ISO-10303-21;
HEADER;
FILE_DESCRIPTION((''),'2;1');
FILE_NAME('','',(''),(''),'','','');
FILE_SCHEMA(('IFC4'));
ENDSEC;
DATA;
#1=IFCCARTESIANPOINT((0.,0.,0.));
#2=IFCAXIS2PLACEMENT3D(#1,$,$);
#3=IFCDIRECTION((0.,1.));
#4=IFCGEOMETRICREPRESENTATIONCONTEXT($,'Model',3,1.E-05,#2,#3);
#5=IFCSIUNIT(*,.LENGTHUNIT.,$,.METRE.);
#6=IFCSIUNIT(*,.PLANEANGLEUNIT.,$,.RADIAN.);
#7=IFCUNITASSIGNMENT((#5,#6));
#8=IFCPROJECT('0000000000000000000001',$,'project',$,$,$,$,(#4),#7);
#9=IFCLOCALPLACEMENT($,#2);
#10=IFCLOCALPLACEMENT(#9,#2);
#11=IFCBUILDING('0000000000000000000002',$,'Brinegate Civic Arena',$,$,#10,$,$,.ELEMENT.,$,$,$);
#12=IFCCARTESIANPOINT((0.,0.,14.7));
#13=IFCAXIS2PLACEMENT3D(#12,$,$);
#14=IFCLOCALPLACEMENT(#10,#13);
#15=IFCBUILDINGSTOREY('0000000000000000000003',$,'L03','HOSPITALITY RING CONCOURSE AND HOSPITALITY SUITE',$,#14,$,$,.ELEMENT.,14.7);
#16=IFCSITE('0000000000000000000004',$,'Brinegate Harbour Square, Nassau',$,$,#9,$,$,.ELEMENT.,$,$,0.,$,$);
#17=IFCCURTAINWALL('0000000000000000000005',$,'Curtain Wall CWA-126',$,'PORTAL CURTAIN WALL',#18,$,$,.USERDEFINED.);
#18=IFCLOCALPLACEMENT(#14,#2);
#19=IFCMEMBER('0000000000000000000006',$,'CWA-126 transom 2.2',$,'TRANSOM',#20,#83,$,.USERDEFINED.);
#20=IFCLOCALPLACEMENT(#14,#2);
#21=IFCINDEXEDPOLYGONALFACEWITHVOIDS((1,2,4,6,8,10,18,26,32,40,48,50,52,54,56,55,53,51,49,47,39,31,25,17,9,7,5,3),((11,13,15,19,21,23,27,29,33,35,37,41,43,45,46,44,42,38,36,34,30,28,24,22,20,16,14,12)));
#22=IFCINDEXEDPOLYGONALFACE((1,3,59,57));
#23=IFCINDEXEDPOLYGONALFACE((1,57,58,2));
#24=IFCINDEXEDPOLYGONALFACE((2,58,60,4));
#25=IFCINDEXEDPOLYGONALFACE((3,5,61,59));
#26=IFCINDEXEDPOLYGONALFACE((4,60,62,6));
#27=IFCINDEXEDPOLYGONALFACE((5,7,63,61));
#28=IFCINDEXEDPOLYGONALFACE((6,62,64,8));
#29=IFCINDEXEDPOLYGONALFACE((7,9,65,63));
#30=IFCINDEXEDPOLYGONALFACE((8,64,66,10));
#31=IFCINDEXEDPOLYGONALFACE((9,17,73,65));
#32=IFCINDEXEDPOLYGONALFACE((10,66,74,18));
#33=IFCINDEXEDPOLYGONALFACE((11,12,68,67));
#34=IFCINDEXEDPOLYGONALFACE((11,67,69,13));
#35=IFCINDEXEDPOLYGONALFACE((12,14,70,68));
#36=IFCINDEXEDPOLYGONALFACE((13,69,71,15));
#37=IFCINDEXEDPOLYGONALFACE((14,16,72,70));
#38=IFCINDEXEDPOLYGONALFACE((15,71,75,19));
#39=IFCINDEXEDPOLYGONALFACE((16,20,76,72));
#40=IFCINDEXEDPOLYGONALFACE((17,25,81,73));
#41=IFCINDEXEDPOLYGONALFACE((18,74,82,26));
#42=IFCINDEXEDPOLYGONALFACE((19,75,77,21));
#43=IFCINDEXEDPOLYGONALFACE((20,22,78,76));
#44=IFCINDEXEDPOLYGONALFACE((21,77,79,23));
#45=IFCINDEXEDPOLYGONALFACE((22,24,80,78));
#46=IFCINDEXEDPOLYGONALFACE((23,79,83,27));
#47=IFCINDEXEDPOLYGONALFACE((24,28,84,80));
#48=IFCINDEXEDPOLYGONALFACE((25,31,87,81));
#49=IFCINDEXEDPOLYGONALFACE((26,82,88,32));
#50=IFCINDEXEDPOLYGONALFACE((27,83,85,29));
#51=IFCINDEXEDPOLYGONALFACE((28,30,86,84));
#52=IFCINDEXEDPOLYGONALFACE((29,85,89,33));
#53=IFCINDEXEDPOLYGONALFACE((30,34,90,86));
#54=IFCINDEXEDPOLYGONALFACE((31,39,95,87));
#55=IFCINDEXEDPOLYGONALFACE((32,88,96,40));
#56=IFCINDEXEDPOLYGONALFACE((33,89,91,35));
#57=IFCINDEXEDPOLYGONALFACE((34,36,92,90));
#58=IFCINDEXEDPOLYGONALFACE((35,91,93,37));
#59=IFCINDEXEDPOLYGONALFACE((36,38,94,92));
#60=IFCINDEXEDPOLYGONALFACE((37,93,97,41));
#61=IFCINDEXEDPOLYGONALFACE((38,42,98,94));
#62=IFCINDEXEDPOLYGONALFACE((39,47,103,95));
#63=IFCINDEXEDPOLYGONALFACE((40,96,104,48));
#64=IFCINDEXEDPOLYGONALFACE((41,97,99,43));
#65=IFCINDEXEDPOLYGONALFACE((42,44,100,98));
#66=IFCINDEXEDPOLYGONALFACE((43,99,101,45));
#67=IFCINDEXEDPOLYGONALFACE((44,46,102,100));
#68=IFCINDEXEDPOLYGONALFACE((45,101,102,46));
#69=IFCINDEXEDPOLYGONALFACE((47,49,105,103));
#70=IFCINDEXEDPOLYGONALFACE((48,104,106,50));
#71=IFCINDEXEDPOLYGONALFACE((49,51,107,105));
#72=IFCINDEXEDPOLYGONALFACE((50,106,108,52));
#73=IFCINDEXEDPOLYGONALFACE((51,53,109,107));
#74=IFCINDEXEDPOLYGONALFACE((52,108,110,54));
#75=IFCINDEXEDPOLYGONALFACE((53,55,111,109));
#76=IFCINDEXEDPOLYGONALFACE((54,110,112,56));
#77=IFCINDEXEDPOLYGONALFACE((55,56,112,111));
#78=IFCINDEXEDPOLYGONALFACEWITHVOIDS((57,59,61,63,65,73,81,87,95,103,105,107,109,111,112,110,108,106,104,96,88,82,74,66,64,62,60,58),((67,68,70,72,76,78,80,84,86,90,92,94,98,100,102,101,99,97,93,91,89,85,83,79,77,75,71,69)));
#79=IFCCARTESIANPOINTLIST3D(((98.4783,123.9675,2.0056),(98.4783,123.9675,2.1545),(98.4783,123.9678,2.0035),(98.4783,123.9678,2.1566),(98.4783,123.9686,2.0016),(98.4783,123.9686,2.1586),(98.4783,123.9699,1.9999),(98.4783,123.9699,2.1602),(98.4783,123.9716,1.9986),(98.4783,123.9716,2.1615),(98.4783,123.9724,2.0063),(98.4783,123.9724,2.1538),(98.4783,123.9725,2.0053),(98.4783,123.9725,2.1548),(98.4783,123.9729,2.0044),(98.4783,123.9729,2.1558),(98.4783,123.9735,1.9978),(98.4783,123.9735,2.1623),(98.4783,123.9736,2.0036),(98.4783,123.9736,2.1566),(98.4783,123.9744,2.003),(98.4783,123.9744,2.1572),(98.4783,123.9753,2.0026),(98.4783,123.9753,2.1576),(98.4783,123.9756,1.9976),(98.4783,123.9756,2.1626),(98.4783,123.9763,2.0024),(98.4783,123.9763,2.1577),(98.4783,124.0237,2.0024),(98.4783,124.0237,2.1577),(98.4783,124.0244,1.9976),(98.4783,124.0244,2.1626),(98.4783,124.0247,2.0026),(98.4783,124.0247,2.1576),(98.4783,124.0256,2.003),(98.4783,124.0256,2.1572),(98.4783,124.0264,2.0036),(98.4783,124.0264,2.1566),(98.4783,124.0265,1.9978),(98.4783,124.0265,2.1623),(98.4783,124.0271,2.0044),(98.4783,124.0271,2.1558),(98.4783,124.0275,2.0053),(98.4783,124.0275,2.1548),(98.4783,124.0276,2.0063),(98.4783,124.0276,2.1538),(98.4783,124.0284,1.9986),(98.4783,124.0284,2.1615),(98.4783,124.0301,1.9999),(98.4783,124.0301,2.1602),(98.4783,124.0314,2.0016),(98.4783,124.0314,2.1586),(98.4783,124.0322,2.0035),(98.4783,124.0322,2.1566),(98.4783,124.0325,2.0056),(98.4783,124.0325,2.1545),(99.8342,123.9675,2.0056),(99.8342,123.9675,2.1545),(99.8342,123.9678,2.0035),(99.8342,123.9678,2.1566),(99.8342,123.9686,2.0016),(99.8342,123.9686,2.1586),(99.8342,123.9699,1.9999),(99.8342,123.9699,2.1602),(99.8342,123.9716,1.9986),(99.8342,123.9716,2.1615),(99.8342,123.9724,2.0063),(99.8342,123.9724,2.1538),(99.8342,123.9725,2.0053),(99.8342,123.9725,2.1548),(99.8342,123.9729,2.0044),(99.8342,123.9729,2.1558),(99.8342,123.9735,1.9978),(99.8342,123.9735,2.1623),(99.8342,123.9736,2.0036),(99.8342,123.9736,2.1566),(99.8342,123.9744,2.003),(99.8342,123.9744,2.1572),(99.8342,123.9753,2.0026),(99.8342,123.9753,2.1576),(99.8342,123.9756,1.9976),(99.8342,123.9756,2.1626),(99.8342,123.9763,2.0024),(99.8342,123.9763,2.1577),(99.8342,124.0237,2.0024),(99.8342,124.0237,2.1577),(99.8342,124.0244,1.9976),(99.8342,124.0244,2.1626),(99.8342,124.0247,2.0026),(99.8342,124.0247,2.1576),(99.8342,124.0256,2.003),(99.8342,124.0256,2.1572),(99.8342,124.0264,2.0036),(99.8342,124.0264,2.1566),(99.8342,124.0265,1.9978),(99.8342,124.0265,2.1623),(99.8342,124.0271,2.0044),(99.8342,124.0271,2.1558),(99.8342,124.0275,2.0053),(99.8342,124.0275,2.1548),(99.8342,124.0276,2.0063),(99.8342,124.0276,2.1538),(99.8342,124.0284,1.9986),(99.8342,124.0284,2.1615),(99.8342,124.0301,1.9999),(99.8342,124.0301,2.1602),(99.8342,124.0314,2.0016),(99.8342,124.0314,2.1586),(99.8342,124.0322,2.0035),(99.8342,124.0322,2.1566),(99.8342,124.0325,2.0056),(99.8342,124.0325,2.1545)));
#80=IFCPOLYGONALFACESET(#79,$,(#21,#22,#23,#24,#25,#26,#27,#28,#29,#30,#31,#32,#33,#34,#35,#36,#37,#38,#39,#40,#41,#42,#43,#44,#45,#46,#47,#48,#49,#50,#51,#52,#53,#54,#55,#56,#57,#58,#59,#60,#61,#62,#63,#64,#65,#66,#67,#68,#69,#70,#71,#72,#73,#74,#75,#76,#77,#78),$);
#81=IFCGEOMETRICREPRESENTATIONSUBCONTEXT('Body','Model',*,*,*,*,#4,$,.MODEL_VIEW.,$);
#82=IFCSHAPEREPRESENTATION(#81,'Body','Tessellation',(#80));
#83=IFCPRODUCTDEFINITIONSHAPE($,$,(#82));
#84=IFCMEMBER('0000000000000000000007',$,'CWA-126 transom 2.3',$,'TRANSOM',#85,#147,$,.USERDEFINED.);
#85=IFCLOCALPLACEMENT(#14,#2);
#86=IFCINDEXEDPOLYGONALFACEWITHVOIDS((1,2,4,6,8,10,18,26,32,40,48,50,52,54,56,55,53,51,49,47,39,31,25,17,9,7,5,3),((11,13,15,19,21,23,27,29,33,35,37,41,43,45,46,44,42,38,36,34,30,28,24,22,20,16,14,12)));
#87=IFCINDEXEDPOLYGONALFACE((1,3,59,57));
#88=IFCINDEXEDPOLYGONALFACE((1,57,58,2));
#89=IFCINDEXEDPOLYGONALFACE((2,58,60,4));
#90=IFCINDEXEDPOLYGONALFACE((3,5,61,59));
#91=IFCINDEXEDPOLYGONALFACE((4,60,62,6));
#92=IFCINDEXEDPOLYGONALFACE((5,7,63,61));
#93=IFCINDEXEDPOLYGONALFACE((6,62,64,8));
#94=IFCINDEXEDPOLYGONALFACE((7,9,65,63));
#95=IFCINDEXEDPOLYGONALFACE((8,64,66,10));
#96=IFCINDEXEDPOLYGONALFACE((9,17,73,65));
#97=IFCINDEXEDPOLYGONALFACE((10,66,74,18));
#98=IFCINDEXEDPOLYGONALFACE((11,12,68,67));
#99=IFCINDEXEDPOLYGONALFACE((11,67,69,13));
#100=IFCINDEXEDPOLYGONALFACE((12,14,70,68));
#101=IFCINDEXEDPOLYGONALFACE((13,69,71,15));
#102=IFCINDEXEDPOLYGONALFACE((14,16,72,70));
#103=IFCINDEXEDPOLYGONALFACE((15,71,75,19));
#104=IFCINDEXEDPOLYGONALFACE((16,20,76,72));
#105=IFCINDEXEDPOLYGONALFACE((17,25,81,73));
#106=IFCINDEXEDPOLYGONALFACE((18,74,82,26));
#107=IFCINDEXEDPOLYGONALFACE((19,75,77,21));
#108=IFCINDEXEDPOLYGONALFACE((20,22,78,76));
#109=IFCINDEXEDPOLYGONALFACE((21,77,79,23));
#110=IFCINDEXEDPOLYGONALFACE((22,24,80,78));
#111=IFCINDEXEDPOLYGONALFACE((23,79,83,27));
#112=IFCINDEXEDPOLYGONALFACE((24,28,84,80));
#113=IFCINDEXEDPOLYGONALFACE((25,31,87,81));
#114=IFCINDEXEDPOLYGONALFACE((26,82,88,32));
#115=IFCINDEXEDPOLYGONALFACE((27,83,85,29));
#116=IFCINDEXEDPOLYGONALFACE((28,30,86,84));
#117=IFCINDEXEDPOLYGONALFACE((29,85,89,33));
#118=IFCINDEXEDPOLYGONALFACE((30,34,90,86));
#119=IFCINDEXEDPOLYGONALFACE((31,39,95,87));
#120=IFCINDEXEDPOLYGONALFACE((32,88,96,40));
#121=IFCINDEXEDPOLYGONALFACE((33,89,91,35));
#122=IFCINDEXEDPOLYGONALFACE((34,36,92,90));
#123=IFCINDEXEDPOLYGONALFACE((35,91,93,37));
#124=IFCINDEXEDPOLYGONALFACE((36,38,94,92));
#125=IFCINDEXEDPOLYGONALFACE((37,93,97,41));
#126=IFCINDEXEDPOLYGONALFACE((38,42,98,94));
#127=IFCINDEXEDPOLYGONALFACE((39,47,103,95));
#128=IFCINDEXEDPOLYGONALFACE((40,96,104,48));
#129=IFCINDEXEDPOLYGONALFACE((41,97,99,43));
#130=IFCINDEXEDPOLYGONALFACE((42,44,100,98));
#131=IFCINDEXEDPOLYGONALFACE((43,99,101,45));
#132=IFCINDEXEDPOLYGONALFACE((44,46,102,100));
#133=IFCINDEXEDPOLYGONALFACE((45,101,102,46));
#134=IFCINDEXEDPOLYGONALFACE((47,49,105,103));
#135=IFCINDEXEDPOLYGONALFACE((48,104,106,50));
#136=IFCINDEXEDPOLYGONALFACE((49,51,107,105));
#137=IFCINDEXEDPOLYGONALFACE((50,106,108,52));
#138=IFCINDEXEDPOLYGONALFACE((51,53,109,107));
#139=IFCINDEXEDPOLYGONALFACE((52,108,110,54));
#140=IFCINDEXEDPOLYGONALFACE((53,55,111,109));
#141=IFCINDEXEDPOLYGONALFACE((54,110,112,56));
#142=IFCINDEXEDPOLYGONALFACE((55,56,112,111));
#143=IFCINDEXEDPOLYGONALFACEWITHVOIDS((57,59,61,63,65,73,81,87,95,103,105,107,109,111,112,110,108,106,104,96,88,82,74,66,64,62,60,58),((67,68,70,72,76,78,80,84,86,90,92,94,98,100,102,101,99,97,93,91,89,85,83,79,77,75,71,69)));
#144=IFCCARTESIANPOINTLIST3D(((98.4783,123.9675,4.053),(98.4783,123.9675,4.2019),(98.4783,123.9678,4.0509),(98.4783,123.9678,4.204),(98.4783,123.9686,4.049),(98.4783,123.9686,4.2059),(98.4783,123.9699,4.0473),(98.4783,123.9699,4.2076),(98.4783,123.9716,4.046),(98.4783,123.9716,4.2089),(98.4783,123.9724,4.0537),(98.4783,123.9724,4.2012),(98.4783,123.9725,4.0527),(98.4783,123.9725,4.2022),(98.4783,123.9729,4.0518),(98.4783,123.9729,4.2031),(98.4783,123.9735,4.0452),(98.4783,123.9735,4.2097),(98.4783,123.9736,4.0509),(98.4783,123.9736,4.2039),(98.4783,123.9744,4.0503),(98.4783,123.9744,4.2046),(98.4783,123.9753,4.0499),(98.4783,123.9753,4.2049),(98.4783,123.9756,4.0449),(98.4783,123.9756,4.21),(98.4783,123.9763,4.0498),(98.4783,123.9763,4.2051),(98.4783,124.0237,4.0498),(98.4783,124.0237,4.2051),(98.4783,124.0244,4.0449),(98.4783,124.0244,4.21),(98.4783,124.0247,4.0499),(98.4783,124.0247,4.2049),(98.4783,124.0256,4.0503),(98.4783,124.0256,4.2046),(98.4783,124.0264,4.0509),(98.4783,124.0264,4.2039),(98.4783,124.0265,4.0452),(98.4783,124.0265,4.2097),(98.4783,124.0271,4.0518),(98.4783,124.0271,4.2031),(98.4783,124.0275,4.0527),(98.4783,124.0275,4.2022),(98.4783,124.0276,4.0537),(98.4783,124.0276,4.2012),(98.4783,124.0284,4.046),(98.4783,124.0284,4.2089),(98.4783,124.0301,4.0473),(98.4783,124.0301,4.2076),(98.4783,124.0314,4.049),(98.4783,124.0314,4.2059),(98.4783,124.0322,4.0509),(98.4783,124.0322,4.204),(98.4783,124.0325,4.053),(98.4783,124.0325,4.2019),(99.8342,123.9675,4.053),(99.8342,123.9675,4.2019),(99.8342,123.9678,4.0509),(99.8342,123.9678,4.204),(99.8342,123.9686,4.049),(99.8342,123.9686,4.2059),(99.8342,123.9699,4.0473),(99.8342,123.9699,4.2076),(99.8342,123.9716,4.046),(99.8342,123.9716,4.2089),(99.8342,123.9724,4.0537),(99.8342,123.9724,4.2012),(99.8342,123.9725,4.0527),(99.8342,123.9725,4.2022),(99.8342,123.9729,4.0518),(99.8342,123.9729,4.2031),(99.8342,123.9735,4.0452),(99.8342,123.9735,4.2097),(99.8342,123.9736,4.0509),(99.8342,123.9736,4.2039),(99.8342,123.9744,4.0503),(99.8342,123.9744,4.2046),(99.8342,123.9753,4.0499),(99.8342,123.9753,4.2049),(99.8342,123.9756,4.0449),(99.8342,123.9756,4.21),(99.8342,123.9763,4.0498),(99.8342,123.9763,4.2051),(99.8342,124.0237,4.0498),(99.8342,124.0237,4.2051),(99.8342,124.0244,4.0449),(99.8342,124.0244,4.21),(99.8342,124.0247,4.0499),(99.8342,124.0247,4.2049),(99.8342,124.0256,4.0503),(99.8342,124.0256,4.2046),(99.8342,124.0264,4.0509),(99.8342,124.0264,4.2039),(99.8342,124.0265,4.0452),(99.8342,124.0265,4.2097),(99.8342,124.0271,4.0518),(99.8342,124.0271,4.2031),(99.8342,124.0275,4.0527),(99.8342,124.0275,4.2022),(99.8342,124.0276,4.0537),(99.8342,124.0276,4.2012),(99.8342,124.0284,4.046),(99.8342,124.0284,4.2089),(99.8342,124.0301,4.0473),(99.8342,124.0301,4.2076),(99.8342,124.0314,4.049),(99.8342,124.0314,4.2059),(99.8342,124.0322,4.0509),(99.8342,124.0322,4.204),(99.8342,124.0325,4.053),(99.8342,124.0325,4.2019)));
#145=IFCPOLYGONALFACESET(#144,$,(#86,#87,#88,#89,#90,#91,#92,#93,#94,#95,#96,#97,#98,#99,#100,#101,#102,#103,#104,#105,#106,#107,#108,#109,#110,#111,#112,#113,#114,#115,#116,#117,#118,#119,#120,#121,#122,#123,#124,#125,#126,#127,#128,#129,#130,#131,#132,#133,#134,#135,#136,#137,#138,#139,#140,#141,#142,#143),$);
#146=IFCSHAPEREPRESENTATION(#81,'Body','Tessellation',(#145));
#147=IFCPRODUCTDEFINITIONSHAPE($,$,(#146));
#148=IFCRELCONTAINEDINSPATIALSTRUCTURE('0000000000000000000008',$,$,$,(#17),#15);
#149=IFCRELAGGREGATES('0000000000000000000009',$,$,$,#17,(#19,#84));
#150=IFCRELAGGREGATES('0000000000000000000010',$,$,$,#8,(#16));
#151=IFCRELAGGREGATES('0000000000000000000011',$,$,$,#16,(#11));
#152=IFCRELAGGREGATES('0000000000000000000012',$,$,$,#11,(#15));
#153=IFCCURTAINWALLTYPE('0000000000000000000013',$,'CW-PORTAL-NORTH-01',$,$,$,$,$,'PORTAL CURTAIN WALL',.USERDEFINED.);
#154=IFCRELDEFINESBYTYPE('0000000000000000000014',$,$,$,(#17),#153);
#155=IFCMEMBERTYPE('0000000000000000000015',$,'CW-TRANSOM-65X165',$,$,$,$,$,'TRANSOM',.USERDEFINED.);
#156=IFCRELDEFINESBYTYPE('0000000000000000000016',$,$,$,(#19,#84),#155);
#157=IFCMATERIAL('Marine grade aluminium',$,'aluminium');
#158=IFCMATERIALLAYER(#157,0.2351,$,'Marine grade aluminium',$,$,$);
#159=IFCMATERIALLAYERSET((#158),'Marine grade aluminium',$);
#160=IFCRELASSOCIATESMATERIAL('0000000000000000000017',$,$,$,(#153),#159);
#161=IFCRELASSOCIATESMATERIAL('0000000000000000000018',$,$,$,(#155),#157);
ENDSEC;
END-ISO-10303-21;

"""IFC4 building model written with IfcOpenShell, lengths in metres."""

from ifc_helpers import new_model, si_unit, direction, frame, origin, origin_2d, place, context, subcontext, project, spatial, hollow_rectangle, extrude, material, layer, layer_set, material_profile, profile_set, type_object, element, aggregate, save


model = new_model("IFC4")

# Units and contexts
model_context = context("Model", 3, precision=1e-05, world=origin(), true_north=direction((0.0, 1.0)))
body_context = subcontext(model_context, "Body", "Model", "MODEL_VIEW")
ifc_project = project(units=[si_unit("LENGTHUNIT", "METRE"), si_unit("PLANEANGLEUNIT", "RADIAN")], contexts=[model_context])

# Site, building, storey
site_placement = place(None, origin())
site = spatial("IfcSite", under=ifc_project, at=site_placement, Name="Brinegate Harbour Square, Nassau", CompositionType="ELEMENT", RefElevation=0.0)
building_placement = place(site_placement, origin())
building = spatial("IfcBuilding", under=site, at=building_placement, Name="Brinegate Civic Arena", CompositionType="ELEMENT")
storey_placement = place(building_placement, frame((0.0, 0.0, 14.7)))
storey = spatial("IfcBuildingStorey", under=building, at=storey_placement, Name="L03", Description="HOSPITALITY RING CONCOURSE AND HOSPITALITY SUITE", CompositionType="ELEMENT", Elevation=14.7)

# Curtain wall, members
ifc_material_1 = material(Name="Marine grade aluminium", Category="aluminium")
ifc_layer_1 = layer(ifc_material_1, 0.2351, Name="Marine grade aluminium")
ifc_layer_set_1 = layer_set([ifc_layer_1], Name="Marine grade aluminium")
curtain_wall_type = type_object("IfcCurtainWallType", Name="CW-PORTAL-NORTH-01", ElementType="PORTAL CURTAIN WALL", PredefinedType="USERDEFINED", material=ifc_layer_set_1)
curtain_wall_placement = place(storey_placement, origin())
curtain_wall = element("IfcCurtainWall", 1, at=curtain_wall_placement, inside=storey, type_object=curtain_wall_type, Name="Curtain Wall CWA-126", ObjectType="PORTAL CURTAIN WALL", PredefinedType="USERDEFINED")
ifc_material_profile_1 = material_profile(ifc_material_1, hollow_rectangle(XDim=0.0649, YDim=0.165, WallThickness=0.0049, InnerFilletRadius=0.0039, OuterFilletRadius=0.0081, at=origin_2d()), Name="TRN65X165")
ifc_profile_set_1 = profile_set([ifc_material_profile_1], Name="Marine grade aluminium")
member_type_1 = type_object("IfcMemberType", Name="CW-TRANSOM-65X165", ElementType="TRANSOM", PredefinedType="USERDEFINED", material=ifc_profile_set_1)
member_1_placement = place(storey_placement, frame((98.4783, 124.0, 2.0801), z_axis=(1.0, 0.0, 0.0), x_axis=(0.0, 1.0, 0.0)))
member_1 = element("IfcMember", 2, at=member_1_placement, type_object=member_type_1, Name="CWA-126 transom 2.2", ObjectType="TRANSOM", PredefinedType="USERDEFINED", context=body_context, shape_type="SweptSolid", body=[
    extrude(hollow_rectangle(XDim=0.0649, YDim=0.165, WallThickness=0.0049, InnerFilletRadius=0.0039, OuterFilletRadius=0.0081, at=origin_2d()), origin(), (0.0, 0.0, 1.0), 1.356),
])
member_2_placement = place(storey_placement, frame((98.4783, 124.0, 4.1274), z_axis=(1.0, 0.0, 0.0), x_axis=(0.0, 1.0, 0.0)))
member_2 = element("IfcMember", 3, at=member_2_placement, type_object=member_type_1, Name="CWA-126 transom 2.3", ObjectType="TRANSOM", PredefinedType="USERDEFINED", context=body_context, shape_type="SweptSolid", body=[
    extrude(hollow_rectangle(XDim=0.0649, YDim=0.165, WallThickness=0.0049, InnerFilletRadius=0.0039, OuterFilletRadius=0.0081, at=origin_2d()), origin(), (0.0, 0.0, 1.0), 1.356),
])
aggregate(curtain_wall, [member_1, member_2])

save(model, "model.ifc")
